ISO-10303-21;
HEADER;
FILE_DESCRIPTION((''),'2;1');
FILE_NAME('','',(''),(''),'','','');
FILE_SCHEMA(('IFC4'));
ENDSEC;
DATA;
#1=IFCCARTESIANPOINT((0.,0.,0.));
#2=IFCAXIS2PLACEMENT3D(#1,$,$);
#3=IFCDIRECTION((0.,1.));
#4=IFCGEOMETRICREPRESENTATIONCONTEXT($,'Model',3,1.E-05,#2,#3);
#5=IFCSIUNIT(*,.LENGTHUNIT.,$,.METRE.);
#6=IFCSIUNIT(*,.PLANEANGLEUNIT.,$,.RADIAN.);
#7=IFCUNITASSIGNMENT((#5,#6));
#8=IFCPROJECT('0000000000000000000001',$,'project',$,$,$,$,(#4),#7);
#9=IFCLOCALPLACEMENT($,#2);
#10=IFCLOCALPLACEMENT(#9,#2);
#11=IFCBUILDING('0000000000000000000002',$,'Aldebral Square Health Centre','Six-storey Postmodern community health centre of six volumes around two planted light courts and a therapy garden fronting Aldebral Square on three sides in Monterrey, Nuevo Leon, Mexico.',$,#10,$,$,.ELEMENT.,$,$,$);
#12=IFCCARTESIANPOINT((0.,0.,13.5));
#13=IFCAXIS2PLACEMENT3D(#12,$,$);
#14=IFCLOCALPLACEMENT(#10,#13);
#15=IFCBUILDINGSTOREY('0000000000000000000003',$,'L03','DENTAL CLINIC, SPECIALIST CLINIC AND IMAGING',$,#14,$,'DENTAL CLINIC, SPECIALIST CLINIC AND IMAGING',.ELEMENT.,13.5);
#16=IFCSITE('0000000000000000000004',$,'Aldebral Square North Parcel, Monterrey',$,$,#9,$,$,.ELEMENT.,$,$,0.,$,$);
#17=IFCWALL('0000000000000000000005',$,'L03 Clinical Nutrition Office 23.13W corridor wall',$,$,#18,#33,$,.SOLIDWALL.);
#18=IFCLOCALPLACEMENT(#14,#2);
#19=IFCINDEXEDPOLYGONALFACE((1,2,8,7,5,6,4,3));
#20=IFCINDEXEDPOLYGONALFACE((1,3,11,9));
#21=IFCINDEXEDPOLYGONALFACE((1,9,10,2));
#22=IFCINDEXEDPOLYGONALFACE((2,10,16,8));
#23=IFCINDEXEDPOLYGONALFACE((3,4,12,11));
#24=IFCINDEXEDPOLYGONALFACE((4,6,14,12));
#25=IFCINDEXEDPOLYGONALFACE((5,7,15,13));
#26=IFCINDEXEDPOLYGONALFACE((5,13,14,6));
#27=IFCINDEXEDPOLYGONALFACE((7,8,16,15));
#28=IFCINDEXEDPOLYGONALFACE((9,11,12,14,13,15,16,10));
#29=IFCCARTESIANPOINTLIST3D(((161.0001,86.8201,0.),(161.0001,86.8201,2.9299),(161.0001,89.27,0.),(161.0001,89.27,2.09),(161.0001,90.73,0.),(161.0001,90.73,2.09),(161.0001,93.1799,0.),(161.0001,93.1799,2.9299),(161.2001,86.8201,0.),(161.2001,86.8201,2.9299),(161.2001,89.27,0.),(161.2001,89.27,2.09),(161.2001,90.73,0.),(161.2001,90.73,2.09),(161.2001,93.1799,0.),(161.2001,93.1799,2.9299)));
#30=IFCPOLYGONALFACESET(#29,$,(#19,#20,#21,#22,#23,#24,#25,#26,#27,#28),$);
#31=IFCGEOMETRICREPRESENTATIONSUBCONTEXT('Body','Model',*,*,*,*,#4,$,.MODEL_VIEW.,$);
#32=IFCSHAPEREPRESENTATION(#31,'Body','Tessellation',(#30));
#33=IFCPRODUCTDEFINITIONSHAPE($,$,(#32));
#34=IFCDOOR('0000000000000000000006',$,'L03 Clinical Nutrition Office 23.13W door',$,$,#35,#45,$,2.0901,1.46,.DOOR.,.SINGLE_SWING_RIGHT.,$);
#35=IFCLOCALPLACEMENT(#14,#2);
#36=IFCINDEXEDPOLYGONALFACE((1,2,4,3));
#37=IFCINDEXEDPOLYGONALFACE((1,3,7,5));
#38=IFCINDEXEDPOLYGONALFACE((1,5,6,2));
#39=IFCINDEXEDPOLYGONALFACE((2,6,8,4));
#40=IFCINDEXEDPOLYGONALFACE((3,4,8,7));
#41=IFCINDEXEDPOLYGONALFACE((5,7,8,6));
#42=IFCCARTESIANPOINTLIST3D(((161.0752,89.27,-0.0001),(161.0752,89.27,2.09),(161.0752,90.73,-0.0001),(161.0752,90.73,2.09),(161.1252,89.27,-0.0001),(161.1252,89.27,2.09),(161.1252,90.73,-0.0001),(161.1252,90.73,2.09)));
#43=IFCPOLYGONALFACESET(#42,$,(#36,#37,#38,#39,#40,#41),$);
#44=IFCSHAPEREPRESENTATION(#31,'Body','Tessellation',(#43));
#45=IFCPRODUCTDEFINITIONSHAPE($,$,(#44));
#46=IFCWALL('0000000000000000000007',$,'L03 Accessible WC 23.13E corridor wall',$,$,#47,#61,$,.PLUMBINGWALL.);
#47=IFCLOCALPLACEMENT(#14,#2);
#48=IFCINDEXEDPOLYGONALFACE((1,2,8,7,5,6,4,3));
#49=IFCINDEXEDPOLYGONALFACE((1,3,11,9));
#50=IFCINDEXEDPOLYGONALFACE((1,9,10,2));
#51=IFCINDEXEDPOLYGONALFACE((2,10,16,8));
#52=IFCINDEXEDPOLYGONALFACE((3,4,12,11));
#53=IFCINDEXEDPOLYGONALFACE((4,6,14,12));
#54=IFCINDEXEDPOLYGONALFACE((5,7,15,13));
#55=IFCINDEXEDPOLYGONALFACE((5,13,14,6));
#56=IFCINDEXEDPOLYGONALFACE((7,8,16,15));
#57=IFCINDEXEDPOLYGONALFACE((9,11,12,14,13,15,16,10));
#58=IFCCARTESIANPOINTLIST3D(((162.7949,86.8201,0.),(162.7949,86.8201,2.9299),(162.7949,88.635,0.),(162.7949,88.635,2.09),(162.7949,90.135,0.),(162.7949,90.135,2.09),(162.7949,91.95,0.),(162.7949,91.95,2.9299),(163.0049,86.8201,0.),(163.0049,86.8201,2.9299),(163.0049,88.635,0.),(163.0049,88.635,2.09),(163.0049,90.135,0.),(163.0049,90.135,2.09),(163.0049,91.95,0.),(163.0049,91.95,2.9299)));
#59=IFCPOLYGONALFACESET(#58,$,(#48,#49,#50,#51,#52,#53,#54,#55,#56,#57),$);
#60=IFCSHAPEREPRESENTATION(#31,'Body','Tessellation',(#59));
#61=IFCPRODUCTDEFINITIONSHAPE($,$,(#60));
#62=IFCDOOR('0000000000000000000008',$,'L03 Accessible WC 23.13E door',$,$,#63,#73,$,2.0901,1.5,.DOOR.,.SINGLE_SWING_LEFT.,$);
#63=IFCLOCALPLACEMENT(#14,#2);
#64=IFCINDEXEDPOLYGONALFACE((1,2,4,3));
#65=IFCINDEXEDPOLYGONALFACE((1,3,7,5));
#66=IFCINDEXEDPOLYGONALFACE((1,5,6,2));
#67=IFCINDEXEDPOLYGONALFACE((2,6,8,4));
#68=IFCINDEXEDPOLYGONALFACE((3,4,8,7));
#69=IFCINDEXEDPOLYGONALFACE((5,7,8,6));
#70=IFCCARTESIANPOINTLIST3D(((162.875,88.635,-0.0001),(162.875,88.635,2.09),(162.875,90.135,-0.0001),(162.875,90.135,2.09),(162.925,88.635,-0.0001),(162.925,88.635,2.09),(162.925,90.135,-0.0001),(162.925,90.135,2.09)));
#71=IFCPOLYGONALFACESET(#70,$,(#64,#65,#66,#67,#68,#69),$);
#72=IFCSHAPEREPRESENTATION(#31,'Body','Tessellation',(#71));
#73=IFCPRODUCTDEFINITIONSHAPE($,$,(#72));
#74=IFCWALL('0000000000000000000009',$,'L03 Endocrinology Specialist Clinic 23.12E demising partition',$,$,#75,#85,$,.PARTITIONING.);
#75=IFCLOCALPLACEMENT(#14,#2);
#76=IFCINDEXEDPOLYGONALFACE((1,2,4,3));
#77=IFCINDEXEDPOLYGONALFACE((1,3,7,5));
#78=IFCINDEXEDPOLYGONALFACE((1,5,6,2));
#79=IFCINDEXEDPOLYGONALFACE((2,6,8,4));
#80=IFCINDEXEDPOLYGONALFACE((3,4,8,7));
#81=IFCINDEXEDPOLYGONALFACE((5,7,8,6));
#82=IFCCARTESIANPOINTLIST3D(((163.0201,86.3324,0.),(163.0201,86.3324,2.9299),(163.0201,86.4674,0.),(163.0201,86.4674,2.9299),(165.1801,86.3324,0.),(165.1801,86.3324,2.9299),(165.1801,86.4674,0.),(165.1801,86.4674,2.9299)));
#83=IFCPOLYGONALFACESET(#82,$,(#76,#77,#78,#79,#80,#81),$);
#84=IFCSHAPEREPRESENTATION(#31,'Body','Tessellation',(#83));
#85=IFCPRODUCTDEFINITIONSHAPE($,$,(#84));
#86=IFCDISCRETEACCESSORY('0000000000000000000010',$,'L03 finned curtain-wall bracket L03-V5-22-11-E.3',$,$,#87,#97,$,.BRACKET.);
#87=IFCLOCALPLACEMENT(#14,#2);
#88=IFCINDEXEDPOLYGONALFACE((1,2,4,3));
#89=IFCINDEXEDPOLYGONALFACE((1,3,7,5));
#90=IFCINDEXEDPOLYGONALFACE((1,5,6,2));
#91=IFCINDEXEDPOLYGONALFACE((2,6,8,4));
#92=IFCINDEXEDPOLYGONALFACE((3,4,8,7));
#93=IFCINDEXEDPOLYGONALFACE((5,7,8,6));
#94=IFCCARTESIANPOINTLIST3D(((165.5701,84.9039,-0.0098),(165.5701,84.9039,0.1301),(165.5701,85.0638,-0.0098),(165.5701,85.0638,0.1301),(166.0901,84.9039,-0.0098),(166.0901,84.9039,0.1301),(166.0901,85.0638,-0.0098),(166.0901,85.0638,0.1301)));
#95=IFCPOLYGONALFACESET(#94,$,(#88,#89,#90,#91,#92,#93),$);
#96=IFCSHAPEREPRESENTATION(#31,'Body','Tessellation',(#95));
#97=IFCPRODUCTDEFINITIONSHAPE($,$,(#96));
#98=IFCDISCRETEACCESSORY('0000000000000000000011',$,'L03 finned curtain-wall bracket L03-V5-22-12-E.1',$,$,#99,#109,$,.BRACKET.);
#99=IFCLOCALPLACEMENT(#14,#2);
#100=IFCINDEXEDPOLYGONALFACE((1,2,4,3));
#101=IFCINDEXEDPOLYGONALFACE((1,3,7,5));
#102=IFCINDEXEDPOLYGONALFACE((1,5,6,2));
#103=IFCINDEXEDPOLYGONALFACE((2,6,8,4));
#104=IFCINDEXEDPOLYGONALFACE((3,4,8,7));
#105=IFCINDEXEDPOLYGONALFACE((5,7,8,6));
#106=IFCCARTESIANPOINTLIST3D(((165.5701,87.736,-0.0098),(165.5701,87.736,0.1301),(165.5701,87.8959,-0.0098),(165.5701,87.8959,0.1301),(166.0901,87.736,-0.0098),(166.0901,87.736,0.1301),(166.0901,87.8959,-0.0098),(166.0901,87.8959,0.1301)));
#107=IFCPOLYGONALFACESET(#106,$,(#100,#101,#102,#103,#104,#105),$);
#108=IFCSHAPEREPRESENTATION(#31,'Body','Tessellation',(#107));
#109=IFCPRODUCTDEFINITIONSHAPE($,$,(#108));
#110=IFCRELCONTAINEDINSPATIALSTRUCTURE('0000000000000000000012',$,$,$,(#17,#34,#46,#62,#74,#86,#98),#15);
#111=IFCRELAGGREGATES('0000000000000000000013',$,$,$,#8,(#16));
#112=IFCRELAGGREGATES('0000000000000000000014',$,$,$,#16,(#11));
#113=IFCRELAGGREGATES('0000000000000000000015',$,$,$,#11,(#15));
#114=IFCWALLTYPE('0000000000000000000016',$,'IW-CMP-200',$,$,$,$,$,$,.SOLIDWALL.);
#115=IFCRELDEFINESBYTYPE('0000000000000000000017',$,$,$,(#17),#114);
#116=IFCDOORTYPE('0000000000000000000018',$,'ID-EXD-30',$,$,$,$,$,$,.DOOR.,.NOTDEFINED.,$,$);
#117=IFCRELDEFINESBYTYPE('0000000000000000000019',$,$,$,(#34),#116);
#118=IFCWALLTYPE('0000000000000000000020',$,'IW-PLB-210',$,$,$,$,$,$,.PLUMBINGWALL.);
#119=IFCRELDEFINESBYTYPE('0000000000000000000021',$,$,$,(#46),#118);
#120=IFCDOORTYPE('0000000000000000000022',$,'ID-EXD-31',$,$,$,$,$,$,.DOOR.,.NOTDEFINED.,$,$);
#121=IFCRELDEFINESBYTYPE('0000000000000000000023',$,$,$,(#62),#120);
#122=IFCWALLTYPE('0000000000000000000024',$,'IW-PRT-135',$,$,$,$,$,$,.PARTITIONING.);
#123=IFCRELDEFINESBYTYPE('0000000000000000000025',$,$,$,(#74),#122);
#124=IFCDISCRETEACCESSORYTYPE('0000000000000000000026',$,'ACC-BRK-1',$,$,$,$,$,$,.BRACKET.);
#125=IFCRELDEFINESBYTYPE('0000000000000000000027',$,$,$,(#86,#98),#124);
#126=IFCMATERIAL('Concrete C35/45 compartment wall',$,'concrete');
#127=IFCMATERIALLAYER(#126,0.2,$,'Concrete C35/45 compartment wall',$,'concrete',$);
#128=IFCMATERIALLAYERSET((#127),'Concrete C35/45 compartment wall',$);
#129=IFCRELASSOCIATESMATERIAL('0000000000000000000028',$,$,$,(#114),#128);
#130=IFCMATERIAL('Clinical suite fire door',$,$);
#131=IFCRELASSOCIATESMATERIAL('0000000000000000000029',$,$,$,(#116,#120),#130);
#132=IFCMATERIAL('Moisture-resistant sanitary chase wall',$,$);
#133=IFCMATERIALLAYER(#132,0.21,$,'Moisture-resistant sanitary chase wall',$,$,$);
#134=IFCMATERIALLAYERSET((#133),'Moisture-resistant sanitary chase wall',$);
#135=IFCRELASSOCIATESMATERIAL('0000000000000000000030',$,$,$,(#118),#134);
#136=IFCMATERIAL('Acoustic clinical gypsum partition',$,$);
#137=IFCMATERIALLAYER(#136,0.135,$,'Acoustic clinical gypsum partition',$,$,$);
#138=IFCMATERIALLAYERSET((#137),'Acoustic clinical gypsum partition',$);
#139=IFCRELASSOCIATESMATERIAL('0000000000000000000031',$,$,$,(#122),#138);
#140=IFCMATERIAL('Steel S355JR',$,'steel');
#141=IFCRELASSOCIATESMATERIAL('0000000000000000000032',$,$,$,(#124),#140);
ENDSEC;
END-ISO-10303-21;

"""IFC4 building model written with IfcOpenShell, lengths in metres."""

from ifc_helpers import new_model, si_unit, direction, frame, frame_2d, origin, origin_2d, place, context, subcontext, project, spatial, rectangle, extrude, material, layer, layer_set, type_object, element, fill, save


model = new_model("IFC4")

# Units and contexts
model_context = context("Model", 3, precision=1e-05, world=origin(), true_north=direction((0.0, 1.0)))
body_context = subcontext(model_context, "Body", "Model", "MODEL_VIEW")
ifc_project = project(units=[si_unit("LENGTHUNIT", "METRE"), si_unit("PLANEANGLEUNIT", "RADIAN")], contexts=[model_context])

# Site, building, storey
site_placement = place(None, origin())
site = spatial("IfcSite", under=ifc_project, at=site_placement, Name="Aldebral Square North Parcel, Monterrey", CompositionType="ELEMENT", RefElevation=0.0)
building_placement = place(site_placement, origin())
building = spatial("IfcBuilding", under=site, at=building_placement, Name="Aldebral Square Health Centre", Description="Six-storey Postmodern community health centre of six volumes around two planted light courts and a therapy garden fronting Aldebral Square on three sides in Monterrey, Nuevo Leon, Mexico.", CompositionType="ELEMENT")
storey_placement = place(building_placement, frame((0.0, 0.0, 13.5)))
storey = spatial("IfcBuildingStorey", under=building, at=storey_placement, Name="L03", Description="DENTAL CLINIC, SPECIALIST CLINIC AND IMAGING", LongName="DENTAL CLINIC, SPECIALIST CLINIC AND IMAGING", CompositionType="ELEMENT", Elevation=13.5)

# Walls, openings, doors
ifc_material_1 = material(Name="Concrete C35/45 compartment wall", Category="concrete")
ifc_layer_1 = layer(ifc_material_1, 0.2, Name="Concrete C35/45 compartment wall", Category="concrete")
ifc_layer_set_1 = layer_set([ifc_layer_1], Name="Concrete C35/45 compartment wall")
wall_type_1 = type_object("IfcWallType", Name="IW-CMP-200", PredefinedType="SOLIDWALL", material=ifc_layer_set_1)
wall_1_placement = place(storey_placement, frame((161.1001, 86.8201, 0.0), z_axis=(0.0, 0.0, 1.0), x_axis=(0.0, 1.0, 0.0)))
wall_1 = element("IfcWall", 1, at=wall_1_placement, inside=storey, type_object=wall_type_1, Name="L03 Clinical Nutrition Office 23.13W corridor wall", PredefinedType="SOLIDWALL", context=body_context, shape_type="SweptSolid", body=[
    extrude(rectangle(XDim=6.3599, YDim=0.2, at=frame_2d((3.1799, 0.0))), origin(), (0.0, 0.0, 1.0), 2.9299),
])
opening_1_placement = place(wall_1_placement, frame((2.45, 0.0, 0.0)))
opening_1 = element("IfcOpeningElement", 2, at=opening_1_placement, cuts=wall_1, PredefinedType="OPENING", context=body_context, shape_type="SweptSolid", body=[
    extrude(rectangle(XDim=1.46, YDim=2.0901, at=frame_2d((0.73, 1.0449))), frame((0.0, 0.1099, 0.0), z_axis=(0.0, -1.0, 0.0), x_axis=(1.0, 0.0, 0.0)), (0.0, 0.0, 1.0), 0.22),
])
ifc_material_2 = material(Name="Clinical suite fire door")
door_type_1 = type_object("IfcDoorType", Name="ID-EXD-30", OperationType="NOTDEFINED", PredefinedType="DOOR", material=ifc_material_2)
door_1_placement = place(opening_1_placement, origin())
door_1 = element("IfcDoor", 3, at=door_1_placement, inside=storey, type_object=door_type_1, Name="L03 Clinical Nutrition Office 23.13W door", OperationType="SINGLE_SWING_RIGHT", OverallHeight=2.0901, OverallWidth=1.46, PredefinedType="DOOR", context=body_context, shape_type="SweptSolid", body=[
    extrude(rectangle(XDim=1.46, YDim=2.0901, at=frame_2d((0.73, 1.0449))), frame((0.0, 0.0249, 0.0), z_axis=(0.0, -1.0, 0.0), x_axis=(1.0, 0.0, 0.0)), (0.0, 0.0, 1.0), 0.05),
])
fill(opening_1, door_1)
ifc_material_3 = material(Name="Moisture-resistant sanitary chase wall")
ifc_layer_2 = layer(ifc_material_3, 0.21, Name="Moisture-resistant sanitary chase wall")
ifc_layer_set_2 = layer_set([ifc_layer_2], Name="Moisture-resistant sanitary chase wall")
wall_type_2 = type_object("IfcWallType", Name="IW-PLB-210", PredefinedType="PLUMBINGWALL", material=ifc_layer_set_2)
wall_2_placement = place(storey_placement, frame((162.8999, 86.8201, 0.0), z_axis=(0.0, 0.0, 1.0), x_axis=(0.0, 1.0, 0.0)))
wall_2 = element("IfcWall", 4, at=wall_2_placement, inside=storey, type_object=wall_type_2, Name="L03 Accessible WC 23.13E corridor wall", PredefinedType="PLUMBINGWALL", context=body_context, shape_type="SweptSolid", body=[
    extrude(rectangle(XDim=5.1299, YDim=0.21, at=frame_2d((2.5649, 0.0))), origin(), (0.0, 0.0, 1.0), 2.9299),
])
opening_2_placement = place(wall_2_placement, frame((1.8149, 0.0, 0.0)))
opening_2 = element("IfcOpeningElement", 5, at=opening_2_placement, cuts=wall_2, PredefinedType="OPENING", context=body_context, shape_type="SweptSolid", body=[
    extrude(rectangle(XDim=1.5, YDim=2.0901, at=frame_2d((0.75, 1.0449))), frame((0.0, 0.115, 0.0), z_axis=(0.0, -1.0, 0.0), x_axis=(1.0, 0.0, 0.0)), (0.0, 0.0, 1.0), 0.23),
])
door_type_2 = type_object("IfcDoorType", Name="ID-EXD-31", OperationType="NOTDEFINED", PredefinedType="DOOR", material=ifc_material_2)
door_2_placement = place(opening_2_placement, origin())
door_2 = element("IfcDoor", 6, at=door_2_placement, inside=storey, type_object=door_type_2, Name="L03 Accessible WC 23.13E door", OperationType="SINGLE_SWING_LEFT", OverallHeight=2.0901, OverallWidth=1.5, PredefinedType="DOOR", context=body_context, shape_type="SweptSolid", body=[
    extrude(rectangle(XDim=1.5, YDim=2.0901, at=frame_2d((0.75, 1.0449))), frame((0.0, 0.0249, 0.0), z_axis=(0.0, -1.0, 0.0), x_axis=(1.0, 0.0, 0.0)), (0.0, 0.0, 1.0), 0.05),
])
fill(opening_2, door_2)

# Wall
ifc_material_4 = material(Name="Acoustic clinical gypsum partition")
ifc_layer_3 = layer(ifc_material_4, 0.135, Name="Acoustic clinical gypsum partition")
ifc_layer_set_3 = layer_set([ifc_layer_3], Name="Acoustic clinical gypsum partition")
wall_type_3 = type_object("IfcWallType", Name="IW-PRT-135", PredefinedType="PARTITIONING", material=ifc_layer_set_3)
wall_3_placement = place(storey_placement, frame((163.02, 86.3999, 0.0), z_axis=(0.0, 0.0, 1.0), x_axis=(1.0, 0.0, 0.0)))
element("IfcWall", 7, at=wall_3_placement, inside=storey, type_object=wall_type_3, Name="L03 Endocrinology Specialist Clinic 23.12E demising partition", PredefinedType="PARTITIONING", context=body_context, shape_type="SweptSolid", body=[
    extrude(rectangle(XDim=2.1599, YDim=0.135, at=frame_2d((1.0801, 0.0))), origin(), (0.0, 0.0, 1.0), 2.9299),
])

# Discrete accessories
ifc_material_5 = material(Name="Steel S355JR", Category="steel")
discrete_accessory_type = type_object("IfcDiscreteAccessoryType", Name="ACC-BRK-1", PredefinedType="BRACKET", material=ifc_material_5)
for number, where, z_axis, x_axis, name in (
    (8, (165.8301, 84.9839, -0.0098), (0.0, 0.0, 1.0), (0.0, 1.0, 0.0), "L03 finned curtain-wall bracket L03-V5-22-11-E.3"),
    (9, (165.8301, 87.8159, -0.0098), (0.0, 0.0, 1.0), (0.0, 1.0, 0.0), "L03 finned curtain-wall bracket L03-V5-22-12-E.1"),
):
    element("IfcDiscreteAccessory", number, at=place(storey_placement, frame(where, z_axis=z_axis, x_axis=x_axis)), inside=storey, type_object=discrete_accessory_type, Name=name, PredefinedType="BRACKET", context=body_context, shape_type="SweptSolid", body=[
        extrude(rectangle(XDim=0.1599, YDim=0.52, at=origin_2d()), origin(), (0.0, 0.0, 1.0), 0.1399),
    ])

save(model, "model.ifc")
